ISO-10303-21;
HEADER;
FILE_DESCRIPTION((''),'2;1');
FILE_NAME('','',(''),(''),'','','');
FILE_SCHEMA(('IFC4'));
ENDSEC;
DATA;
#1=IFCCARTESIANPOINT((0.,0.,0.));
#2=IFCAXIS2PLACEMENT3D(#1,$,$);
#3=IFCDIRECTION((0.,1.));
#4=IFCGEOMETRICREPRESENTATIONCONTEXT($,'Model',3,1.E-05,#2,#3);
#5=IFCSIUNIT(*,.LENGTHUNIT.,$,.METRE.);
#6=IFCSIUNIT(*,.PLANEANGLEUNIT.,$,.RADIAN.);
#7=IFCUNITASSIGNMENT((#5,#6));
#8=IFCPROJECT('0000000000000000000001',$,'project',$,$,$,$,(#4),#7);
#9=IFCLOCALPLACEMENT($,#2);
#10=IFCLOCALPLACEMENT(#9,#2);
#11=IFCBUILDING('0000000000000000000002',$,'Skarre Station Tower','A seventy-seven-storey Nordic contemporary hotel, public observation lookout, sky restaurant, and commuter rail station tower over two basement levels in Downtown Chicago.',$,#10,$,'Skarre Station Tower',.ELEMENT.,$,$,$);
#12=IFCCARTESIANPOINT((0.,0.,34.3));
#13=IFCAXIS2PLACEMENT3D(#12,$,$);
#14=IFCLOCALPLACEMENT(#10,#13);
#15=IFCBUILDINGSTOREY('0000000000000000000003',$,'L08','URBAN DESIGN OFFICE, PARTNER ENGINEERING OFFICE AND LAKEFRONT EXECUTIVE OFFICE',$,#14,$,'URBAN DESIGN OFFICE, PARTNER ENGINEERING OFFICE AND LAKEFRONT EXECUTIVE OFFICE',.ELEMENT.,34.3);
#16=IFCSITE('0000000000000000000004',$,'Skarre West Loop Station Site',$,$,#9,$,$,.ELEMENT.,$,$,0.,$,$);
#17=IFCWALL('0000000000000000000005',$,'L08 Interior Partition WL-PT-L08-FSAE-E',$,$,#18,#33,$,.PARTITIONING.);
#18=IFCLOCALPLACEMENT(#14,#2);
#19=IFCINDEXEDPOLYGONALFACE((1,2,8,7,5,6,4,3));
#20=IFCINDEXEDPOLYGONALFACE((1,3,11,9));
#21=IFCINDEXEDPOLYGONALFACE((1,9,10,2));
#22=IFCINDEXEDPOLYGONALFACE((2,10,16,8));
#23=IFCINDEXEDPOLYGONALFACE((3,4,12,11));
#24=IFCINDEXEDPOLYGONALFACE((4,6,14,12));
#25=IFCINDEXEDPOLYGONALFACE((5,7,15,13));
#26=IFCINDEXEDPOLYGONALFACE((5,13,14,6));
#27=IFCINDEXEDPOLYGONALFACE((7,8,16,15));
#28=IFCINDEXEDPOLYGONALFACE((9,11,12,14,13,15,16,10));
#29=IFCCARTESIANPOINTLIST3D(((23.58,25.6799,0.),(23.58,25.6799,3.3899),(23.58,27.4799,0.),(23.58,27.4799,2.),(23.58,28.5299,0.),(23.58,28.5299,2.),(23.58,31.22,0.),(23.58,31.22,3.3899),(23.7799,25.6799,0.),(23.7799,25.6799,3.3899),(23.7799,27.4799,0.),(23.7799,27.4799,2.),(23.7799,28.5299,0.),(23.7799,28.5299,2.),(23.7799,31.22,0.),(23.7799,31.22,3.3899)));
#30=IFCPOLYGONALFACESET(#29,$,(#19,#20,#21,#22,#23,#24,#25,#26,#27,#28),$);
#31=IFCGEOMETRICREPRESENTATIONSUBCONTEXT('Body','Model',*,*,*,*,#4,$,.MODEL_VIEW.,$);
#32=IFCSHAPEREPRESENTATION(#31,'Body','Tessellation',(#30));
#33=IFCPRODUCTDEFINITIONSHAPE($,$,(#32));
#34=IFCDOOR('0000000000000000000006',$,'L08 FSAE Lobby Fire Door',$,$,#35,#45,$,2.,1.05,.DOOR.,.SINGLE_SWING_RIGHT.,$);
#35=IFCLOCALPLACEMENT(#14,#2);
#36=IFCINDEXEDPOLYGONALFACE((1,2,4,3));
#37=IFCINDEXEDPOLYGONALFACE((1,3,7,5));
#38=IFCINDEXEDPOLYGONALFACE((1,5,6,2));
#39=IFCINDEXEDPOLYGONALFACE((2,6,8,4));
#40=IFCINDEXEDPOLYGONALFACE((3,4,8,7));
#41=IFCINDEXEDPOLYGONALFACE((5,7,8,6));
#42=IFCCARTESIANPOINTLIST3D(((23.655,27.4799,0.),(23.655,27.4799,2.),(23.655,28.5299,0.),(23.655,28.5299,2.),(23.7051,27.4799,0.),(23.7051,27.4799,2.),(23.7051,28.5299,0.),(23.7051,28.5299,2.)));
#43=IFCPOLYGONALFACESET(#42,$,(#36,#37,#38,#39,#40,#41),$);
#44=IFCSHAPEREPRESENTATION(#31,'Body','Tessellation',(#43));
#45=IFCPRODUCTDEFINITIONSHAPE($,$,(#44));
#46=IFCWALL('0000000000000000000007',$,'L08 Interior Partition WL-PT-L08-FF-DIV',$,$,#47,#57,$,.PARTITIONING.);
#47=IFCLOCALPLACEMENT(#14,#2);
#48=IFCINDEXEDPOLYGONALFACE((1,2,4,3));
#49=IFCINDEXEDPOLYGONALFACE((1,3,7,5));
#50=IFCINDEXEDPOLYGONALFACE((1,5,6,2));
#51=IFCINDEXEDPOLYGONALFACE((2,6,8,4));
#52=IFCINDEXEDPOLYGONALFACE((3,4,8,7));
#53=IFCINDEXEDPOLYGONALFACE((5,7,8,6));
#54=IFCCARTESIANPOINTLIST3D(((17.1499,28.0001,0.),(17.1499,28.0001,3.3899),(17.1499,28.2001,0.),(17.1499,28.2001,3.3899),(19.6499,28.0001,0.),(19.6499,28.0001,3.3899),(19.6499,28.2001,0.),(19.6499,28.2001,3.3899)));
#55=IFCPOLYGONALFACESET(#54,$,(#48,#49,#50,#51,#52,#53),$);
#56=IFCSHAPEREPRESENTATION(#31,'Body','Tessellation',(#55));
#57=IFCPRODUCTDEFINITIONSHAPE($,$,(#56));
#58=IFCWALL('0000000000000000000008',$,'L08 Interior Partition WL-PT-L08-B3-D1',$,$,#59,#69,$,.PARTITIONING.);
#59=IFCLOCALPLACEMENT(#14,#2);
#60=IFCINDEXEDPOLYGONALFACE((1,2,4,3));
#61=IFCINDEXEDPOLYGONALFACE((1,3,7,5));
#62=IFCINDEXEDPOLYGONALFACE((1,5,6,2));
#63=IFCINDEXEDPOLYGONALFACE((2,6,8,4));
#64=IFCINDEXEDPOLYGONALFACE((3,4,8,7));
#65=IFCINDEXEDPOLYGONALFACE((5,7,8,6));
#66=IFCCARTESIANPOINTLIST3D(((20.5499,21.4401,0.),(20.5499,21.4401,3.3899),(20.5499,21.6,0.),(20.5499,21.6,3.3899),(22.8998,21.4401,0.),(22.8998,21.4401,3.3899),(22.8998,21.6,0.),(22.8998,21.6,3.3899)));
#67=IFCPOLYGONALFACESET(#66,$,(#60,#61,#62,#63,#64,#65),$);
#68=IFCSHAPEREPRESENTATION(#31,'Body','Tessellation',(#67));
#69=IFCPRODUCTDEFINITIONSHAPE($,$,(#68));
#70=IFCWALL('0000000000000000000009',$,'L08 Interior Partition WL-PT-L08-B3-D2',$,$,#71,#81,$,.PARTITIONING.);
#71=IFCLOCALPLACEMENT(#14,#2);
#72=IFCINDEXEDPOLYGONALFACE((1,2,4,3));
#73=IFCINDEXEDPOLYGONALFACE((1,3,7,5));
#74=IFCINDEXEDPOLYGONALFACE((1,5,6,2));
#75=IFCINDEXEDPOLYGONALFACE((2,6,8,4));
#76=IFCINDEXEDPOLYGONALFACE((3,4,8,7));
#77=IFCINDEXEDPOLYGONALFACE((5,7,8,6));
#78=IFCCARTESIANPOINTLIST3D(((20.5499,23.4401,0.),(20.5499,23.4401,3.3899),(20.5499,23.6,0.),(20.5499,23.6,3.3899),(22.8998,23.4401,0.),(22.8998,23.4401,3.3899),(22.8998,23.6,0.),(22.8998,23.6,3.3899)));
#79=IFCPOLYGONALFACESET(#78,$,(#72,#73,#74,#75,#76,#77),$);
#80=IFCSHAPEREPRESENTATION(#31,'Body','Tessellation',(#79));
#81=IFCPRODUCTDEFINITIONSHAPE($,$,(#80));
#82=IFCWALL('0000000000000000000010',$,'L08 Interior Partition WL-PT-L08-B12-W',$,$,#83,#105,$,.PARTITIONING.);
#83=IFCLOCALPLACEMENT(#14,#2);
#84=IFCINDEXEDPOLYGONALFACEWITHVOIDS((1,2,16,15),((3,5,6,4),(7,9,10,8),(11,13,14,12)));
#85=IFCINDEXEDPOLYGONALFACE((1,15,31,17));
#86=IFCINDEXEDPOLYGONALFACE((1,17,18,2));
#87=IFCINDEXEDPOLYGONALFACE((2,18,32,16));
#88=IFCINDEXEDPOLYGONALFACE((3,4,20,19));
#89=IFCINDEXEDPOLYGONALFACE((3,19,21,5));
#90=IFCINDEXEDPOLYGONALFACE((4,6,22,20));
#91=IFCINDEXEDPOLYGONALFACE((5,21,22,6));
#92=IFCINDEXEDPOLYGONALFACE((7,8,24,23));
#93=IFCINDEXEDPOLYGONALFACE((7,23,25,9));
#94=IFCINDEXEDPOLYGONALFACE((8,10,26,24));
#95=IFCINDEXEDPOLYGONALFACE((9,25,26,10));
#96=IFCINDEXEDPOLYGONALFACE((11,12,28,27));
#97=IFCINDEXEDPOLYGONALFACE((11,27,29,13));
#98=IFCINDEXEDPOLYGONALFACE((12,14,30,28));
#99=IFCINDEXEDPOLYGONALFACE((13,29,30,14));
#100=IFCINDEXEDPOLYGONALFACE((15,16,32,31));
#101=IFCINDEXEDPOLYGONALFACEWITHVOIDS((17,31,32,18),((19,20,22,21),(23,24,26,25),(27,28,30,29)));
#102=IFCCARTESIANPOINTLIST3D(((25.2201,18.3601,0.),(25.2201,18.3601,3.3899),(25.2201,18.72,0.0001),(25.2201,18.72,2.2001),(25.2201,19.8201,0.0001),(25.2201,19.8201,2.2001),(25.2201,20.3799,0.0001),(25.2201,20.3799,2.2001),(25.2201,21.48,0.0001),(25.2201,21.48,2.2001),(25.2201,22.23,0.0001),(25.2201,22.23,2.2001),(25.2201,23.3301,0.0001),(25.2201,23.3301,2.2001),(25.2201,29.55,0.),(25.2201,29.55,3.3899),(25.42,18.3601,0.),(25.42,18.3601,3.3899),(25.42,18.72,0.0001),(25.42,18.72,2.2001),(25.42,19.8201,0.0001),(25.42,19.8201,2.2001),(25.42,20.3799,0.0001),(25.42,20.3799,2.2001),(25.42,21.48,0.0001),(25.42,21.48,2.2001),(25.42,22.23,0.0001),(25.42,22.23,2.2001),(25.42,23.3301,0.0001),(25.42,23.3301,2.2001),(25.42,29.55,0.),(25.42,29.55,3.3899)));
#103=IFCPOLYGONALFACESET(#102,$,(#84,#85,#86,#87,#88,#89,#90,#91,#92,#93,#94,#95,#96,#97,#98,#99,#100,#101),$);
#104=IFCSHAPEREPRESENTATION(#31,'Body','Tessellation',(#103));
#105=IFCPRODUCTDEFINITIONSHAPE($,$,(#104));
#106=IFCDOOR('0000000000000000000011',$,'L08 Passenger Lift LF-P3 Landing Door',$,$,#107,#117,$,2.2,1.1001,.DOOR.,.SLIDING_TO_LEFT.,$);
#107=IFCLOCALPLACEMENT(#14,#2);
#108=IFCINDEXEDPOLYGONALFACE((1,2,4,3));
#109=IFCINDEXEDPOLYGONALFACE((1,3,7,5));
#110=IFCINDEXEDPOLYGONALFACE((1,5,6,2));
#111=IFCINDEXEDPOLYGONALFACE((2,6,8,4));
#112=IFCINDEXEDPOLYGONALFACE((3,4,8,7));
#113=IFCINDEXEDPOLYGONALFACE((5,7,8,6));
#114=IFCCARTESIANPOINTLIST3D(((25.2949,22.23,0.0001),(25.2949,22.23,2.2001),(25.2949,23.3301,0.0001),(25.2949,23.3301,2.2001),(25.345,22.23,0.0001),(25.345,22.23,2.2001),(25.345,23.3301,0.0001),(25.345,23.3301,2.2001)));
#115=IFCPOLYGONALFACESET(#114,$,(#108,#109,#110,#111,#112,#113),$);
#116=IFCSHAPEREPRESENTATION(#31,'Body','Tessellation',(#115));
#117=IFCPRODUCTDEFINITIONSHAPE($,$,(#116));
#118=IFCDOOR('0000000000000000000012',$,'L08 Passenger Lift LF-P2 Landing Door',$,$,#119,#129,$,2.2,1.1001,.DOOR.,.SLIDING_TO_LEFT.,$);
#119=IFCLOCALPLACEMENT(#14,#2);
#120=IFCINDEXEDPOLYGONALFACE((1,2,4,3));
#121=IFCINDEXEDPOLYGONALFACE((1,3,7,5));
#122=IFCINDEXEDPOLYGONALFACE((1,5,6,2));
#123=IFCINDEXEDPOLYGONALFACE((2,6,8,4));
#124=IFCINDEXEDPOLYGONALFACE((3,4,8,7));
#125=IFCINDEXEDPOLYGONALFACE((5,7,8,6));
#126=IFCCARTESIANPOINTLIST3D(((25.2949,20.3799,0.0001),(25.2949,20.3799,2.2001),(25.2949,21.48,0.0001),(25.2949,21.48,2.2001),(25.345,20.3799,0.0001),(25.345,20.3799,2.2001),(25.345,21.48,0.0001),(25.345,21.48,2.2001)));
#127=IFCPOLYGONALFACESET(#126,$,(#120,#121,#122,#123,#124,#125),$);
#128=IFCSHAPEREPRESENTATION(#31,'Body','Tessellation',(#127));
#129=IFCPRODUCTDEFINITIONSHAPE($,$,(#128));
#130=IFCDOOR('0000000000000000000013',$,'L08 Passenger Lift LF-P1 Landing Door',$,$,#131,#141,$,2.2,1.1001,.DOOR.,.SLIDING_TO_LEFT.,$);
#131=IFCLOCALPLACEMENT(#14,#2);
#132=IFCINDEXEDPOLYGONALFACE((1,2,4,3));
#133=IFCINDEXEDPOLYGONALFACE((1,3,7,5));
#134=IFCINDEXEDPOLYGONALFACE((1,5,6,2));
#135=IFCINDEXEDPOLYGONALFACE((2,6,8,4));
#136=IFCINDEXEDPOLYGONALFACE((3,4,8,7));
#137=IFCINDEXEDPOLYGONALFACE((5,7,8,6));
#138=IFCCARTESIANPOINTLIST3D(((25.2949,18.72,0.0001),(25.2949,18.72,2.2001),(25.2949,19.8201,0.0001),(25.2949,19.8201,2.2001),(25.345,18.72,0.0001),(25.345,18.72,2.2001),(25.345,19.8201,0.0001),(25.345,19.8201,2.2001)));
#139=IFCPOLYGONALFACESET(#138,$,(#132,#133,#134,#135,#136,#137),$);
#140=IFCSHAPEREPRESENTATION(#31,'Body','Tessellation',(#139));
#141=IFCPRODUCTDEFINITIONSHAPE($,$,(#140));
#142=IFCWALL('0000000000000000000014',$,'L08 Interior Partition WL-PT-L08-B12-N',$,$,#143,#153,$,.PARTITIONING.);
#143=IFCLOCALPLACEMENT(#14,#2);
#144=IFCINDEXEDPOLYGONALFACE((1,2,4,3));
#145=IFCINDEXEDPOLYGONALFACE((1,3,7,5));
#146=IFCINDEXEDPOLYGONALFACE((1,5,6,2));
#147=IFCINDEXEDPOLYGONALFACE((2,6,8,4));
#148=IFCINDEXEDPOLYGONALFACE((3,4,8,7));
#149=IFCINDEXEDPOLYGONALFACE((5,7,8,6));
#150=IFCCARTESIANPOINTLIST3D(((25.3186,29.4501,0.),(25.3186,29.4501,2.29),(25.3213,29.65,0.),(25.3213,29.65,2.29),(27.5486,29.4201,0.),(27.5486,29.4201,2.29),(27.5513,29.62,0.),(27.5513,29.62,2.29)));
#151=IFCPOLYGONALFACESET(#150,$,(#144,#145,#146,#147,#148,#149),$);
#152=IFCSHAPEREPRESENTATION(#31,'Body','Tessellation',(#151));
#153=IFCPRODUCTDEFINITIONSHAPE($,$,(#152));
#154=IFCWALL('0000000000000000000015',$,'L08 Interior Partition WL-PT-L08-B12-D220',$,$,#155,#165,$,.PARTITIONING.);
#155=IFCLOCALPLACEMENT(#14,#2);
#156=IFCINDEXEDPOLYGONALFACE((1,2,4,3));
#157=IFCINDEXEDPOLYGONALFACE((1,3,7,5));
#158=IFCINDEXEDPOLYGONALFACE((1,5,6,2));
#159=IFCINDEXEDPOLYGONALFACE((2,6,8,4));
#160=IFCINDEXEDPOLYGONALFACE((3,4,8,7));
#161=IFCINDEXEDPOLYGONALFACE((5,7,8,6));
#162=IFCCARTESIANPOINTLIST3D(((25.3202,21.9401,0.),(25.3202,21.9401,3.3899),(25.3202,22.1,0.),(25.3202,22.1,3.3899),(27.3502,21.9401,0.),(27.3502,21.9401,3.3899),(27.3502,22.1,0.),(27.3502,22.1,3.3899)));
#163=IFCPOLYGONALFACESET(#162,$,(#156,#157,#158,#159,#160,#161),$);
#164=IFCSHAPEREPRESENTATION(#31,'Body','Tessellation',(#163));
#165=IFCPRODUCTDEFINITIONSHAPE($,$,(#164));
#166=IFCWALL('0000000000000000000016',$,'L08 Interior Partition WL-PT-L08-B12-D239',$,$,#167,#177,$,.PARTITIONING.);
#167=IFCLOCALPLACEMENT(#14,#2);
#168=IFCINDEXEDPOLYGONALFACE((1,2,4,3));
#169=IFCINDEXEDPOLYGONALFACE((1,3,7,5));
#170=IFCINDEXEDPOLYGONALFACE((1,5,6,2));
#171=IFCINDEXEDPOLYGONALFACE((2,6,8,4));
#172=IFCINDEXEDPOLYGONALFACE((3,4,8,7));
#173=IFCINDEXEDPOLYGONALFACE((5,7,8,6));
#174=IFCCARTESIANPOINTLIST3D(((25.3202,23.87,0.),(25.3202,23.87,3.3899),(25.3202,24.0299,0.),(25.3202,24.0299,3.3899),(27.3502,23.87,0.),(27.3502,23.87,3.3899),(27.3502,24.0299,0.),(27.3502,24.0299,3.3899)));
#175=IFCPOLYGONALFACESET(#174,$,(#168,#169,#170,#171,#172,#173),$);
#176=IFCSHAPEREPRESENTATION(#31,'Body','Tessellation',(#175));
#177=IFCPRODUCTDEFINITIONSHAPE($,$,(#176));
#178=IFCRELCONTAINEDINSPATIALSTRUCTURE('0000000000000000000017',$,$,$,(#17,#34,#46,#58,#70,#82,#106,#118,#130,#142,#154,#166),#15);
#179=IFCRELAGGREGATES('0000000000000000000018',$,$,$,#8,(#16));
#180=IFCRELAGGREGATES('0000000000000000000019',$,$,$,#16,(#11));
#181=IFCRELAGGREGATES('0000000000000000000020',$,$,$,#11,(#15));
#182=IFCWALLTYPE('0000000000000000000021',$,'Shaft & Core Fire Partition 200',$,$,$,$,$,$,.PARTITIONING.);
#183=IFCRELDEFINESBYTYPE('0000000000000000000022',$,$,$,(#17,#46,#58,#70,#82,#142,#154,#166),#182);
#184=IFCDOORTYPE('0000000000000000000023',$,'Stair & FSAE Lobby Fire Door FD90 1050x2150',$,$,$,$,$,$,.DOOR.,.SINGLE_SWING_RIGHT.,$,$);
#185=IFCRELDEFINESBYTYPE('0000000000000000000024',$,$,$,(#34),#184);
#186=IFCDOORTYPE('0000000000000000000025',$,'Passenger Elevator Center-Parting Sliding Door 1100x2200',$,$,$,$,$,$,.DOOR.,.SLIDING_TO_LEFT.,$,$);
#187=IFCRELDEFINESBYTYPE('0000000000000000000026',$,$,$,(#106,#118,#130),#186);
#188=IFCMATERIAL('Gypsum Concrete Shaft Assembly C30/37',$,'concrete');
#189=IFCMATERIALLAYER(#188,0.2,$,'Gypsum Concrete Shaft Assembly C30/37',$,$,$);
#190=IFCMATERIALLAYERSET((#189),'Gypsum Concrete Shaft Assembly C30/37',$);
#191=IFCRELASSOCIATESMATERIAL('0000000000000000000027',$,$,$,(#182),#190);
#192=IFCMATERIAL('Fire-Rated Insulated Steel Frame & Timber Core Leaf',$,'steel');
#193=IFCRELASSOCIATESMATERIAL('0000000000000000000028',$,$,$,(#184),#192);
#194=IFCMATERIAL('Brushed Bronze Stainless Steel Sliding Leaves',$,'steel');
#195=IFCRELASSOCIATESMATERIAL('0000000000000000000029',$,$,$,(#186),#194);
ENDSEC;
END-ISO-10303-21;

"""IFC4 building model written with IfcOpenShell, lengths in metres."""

from ifc_helpers import new_model, si_unit, direction, frame, frame_2d, origin, place, context, subcontext, project, spatial, rectangle, extrude, material, layer, layer_set, type_object, element, fill, save


model = new_model("IFC4")

# Units and contexts
model_context = context("Model", 3, precision=1e-05, world=origin(), true_north=direction((0.0, 1.0)))
body_context = subcontext(model_context, "Body", "Model", "MODEL_VIEW")
ifc_project = project(units=[si_unit("LENGTHUNIT", "METRE"), si_unit("PLANEANGLEUNIT", "RADIAN")], contexts=[model_context])

# Site, building, storey
site_placement = place(None, origin())
site = spatial("IfcSite", under=ifc_project, at=site_placement, Name="Skarre West Loop Station Site", CompositionType="ELEMENT", RefElevation=0.0)
building_placement = place(site_placement, origin())
building = spatial("IfcBuilding", under=site, at=building_placement, Name="Skarre Station Tower", Description="A seventy-seven-storey Nordic contemporary hotel, public observation lookout, sky restaurant, and commuter rail station tower over two basement levels in Downtown Chicago.", LongName="Skarre Station Tower", CompositionType="ELEMENT")
storey_placement = place(building_placement, frame((0.0, 0.0, 34.3)))
storey = spatial("IfcBuildingStorey", under=building, at=storey_placement, Name="L08", Description="URBAN DESIGN OFFICE, PARTNER ENGINEERING OFFICE AND LAKEFRONT EXECUTIVE OFFICE", LongName="URBAN DESIGN OFFICE, PARTNER ENGINEERING OFFICE AND LAKEFRONT EXECUTIVE OFFICE", CompositionType="ELEMENT", Elevation=34.3)

# Shared definitions
ifc_material_1 = material(Name="Gypsum Concrete Shaft Assembly C30/37", Category="concrete")
ifc_layer_1 = layer(ifc_material_1, 0.2, Name="Gypsum Concrete Shaft Assembly C30/37")
ifc_layer_set_1 = layer_set([ifc_layer_1], Name="Gypsum Concrete Shaft Assembly C30/37")
wall_type_1 = type_object("IfcWallType", Name="Shaft & Core Fire Partition 200", PredefinedType="PARTITIONING", material=ifc_layer_set_1)

# Wall, opening, door
wall_1_placement = place(storey_placement, frame((23.6799, 25.6799, 0.0), z_axis=(0.0, 0.0, 1.0), x_axis=(0.0, 1.0, 0.0)))
wall_1 = element("IfcWall", 1, at=wall_1_placement, inside=storey, type_object=wall_type_1, Name="L08 Interior Partition WL-PT-L08-FSAE-E", PredefinedType="PARTITIONING", context=body_context, shape_type="SweptSolid", body=[
    extrude(rectangle(XDim=5.54, YDim=0.2, at=frame_2d((2.77, 0.0))), origin(), (0.0, 0.0, 1.0), 3.3899),
])
opening_1_placement = place(wall_1_placement, frame((1.8, 0.0, 0.0)))
opening_1 = element("IfcOpeningElement", 2, at=opening_1_placement, cuts=wall_1, PredefinedType="OPENING", context=body_context, shape_type="SweptSolid", body=[
    extrude(rectangle(XDim=1.05, YDim=2.0, at=frame_2d((0.5249, 1.0))), frame((0.0, 0.1099, 0.0), z_axis=(0.0, -1.0, 0.0), x_axis=(1.0, 0.0, 0.0)), (0.0, 0.0, 1.0), 0.22),
])
ifc_material_2 = material(Name="Fire-Rated Insulated Steel Frame & Timber Core Leaf", Category="steel")
door_type_1 = type_object("IfcDoorType", Name="Stair & FSAE Lobby Fire Door FD90 1050x2150", OperationType="SINGLE_SWING_RIGHT", PredefinedType="DOOR", material=ifc_material_2)
door_1_placement = place(opening_1_placement, origin())
door_1 = element("IfcDoor", 3, at=door_1_placement, inside=storey, type_object=door_type_1, Name="L08 FSAE Lobby Fire Door", OperationType="SINGLE_SWING_RIGHT", OverallHeight=2.0, OverallWidth=1.05, PredefinedType="DOOR", context=body_context, shape_type="SweptSolid", body=[
    extrude(rectangle(XDim=1.05, YDim=2.0, at=frame_2d((0.5249, 1.0))), frame((0.0, 0.0249, 0.0), z_axis=(0.0, -1.0, 0.0), x_axis=(1.0, 0.0, 0.0)), (0.0, 0.0, 1.0), 0.05),
])
fill(opening_1, door_1)

# Walls
wall_2_placement = place(storey_placement, frame((17.1499, 28.1001, 0.0), z_axis=(0.0, 0.0, 1.0), x_axis=(1.0, 0.0, 0.0)))
element("IfcWall", 4, at=wall_2_placement, inside=storey, type_object=wall_type_1, Name="L08 Interior Partition WL-PT-L08-FF-DIV", PredefinedType="PARTITIONING", context=body_context, shape_type="SweptSolid", body=[
    extrude(rectangle(XDim=2.5, YDim=0.2, at=frame_2d((1.25, 0.0))), origin(), (0.0, 0.0, 1.0), 3.3899),
])
for number, where, z_axis, x_axis, name in (
    (5, (20.55, 21.52, 0.0), (0.0, 0.0, 1.0), (1.0, 0.0, 0.0), "L08 Interior Partition WL-PT-L08-B3-D1"),
    (6, (20.55, 23.52, 0.0), (0.0, 0.0, 1.0), (1.0, 0.0, 0.0), "L08 Interior Partition WL-PT-L08-B3-D2"),
):
    element("IfcWall", number, at=place(storey_placement, frame(where, z_axis=z_axis, x_axis=x_axis)), inside=storey, type_object=wall_type_1, Name=name, PredefinedType="PARTITIONING", context=body_context, shape_type="SweptSolid", body=[
        extrude(rectangle(XDim=2.3499, YDim=0.1599, at=frame_2d((1.1748, 0.0))), origin(), (0.0, 0.0, 1.0), 3.3899),
    ])

# Wall, openings, doors
wall_3_placement = place(storey_placement, frame((25.3201, 29.55, 0.0), z_axis=(0.0, 0.0, 1.0), x_axis=(0.0, -1.0, 0.0)))
wall_3 = element("IfcWall", 7, at=wall_3_placement, inside=storey, type_object=wall_type_1, Name="L08 Interior Partition WL-PT-L08-B12-W", PredefinedType="PARTITIONING", context=body_context, shape_type="SweptSolid", body=[
    extrude(rectangle(XDim=11.1899, YDim=0.2, at=frame_2d((5.595, 0.0))), origin(), (0.0, 0.0, 1.0), 3.3899),
])
opening_2_placement = place(wall_3_placement, frame((6.22, 0.0, 0.0)))
opening_2 = element("IfcOpeningElement", 8, at=opening_2_placement, cuts=wall_3, PredefinedType="OPENING", context=body_context, shape_type="SweptSolid", body=[
    extrude(rectangle(XDim=1.1001, YDim=2.2, at=frame_2d((0.55, 1.1001))), frame((0.0, 0.1099, 0.0), z_axis=(0.0, -1.0, 0.0), x_axis=(1.0, 0.0, 0.0)), (0.0, 0.0, 1.0), 0.22),
])
opening_3_placement = place(wall_3_placement, frame((8.0701, 0.0, 0.0)))
opening_3 = element("IfcOpeningElement", 9, at=opening_3_placement, cuts=wall_3, PredefinedType="OPENING", context=body_context, shape_type="SweptSolid", body=[
    extrude(rectangle(XDim=1.1001, YDim=2.2, at=frame_2d((0.55, 1.1001))), frame((0.0, 0.1099, 0.0), z_axis=(0.0, -1.0, 0.0), x_axis=(1.0, 0.0, 0.0)), (0.0, 0.0, 1.0), 0.22),
])
opening_4_placement = place(wall_3_placement, frame((9.73, 0.0, 0.0)))
opening_4 = element("IfcOpeningElement", 10, at=opening_4_placement, cuts=wall_3, PredefinedType="OPENING", context=body_context, shape_type="SweptSolid", body=[
    extrude(rectangle(XDim=1.1001, YDim=2.2, at=frame_2d((0.55, 1.1001))), frame((0.0, 0.1099, 0.0), z_axis=(0.0, -1.0, 0.0), x_axis=(1.0, 0.0, 0.0)), (0.0, 0.0, 1.0), 0.22),
])
ifc_material_3 = material(Name="Brushed Bronze Stainless Steel Sliding Leaves", Category="steel")
door_type_2 = type_object("IfcDoorType", Name="Passenger Elevator Center-Parting Sliding Door 1100x2200", OperationType="SLIDING_TO_LEFT", PredefinedType="DOOR", material=ifc_material_3)
door_2_placement = place(opening_2_placement, origin())
door_2 = element("IfcDoor", 11, at=door_2_placement, inside=storey, type_object=door_type_2, Name="L08 Passenger Lift LF-P3 Landing Door", OperationType="SLIDING_TO_LEFT", OverallHeight=2.2, OverallWidth=1.1001, PredefinedType="DOOR", context=body_context, shape_type="SweptSolid", body=[
    extrude(rectangle(XDim=1.1001, YDim=2.2, at=frame_2d((0.55, 1.1001))), frame((0.0, 0.0249, 0.0), z_axis=(0.0, -1.0, 0.0), x_axis=(1.0, 0.0, 0.0)), (0.0, 0.0, 1.0), 0.05),
])
fill(opening_2, door_2)
door_3_placement = place(opening_3_placement, origin())
door_3 = element("IfcDoor", 12, at=door_3_placement, inside=storey, type_object=door_type_2, Name="L08 Passenger Lift LF-P2 Landing Door", OperationType="SLIDING_TO_LEFT", OverallHeight=2.2, OverallWidth=1.1001, PredefinedType="DOOR", context=body_context, shape_type="SweptSolid", body=[
    extrude(rectangle(XDim=1.1001, YDim=2.2, at=frame_2d((0.55, 1.1001))), frame((0.0, 0.0249, 0.0), z_axis=(0.0, -1.0, 0.0), x_axis=(1.0, 0.0, 0.0)), (0.0, 0.0, 1.0), 0.05),
])
fill(opening_3, door_3)
door_4_placement = place(opening_4_placement, origin())
door_4 = element("IfcDoor", 13, at=door_4_placement, inside=storey, type_object=door_type_2, Name="L08 Passenger Lift LF-P1 Landing Door", OperationType="SLIDING_TO_LEFT", OverallHeight=2.2, OverallWidth=1.1001, PredefinedType="DOOR", context=body_context, shape_type="SweptSolid", body=[
    extrude(rectangle(XDim=1.1001, YDim=2.2, at=frame_2d((0.55, 1.1001))), frame((0.0, 0.0249, 0.0), z_axis=(0.0, -1.0, 0.0), x_axis=(1.0, 0.0, 0.0)), (0.0, 0.0, 1.0), 0.05),
])
fill(opening_4, door_4)

# Walls
wall_4_placement = place(storey_placement, frame((27.55, 29.52, 0.0), z_axis=(0.0, 0.0, 1.0), x_axis=(-0.999909, 0.013465, 0.0)))
element("IfcWall", 14, at=wall_4_placement, inside=storey, type_object=wall_type_1, Name="L08 Interior Partition WL-PT-L08-B12-N", PredefinedType="PARTITIONING", context=body_context, shape_type="SweptSolid", body=[
    extrude(rectangle(XDim=2.2302, YDim=0.2, at=frame_2d((1.1152, 0.0))), origin(), (0.0, 0.0, 1.0), 2.29),
])
for number, where, z_axis, x_axis, name in (
    (15, (25.3201, 22.02, 0.0), (0.0, 0.0, 1.0), (1.0, 0.0, 0.0), "L08 Interior Partition WL-PT-L08-B12-D220"),
    (16, (25.3201, 23.95, 0.0), (0.0, 0.0, 1.0), (1.0, 0.0, 0.0), "L08 Interior Partition WL-PT-L08-B12-D239"),
):
    element("IfcWall", number, at=place(storey_placement, frame(where, z_axis=z_axis, x_axis=x_axis)), inside=storey, type_object=wall_type_1, Name=name, PredefinedType="PARTITIONING", context=body_context, shape_type="SweptSolid", body=[
        extrude(rectangle(XDim=2.03, YDim=0.1599, at=frame_2d((1.0151, 0.0))), origin(), (0.0, 0.0, 1.0), 3.3899),
    ])

save(model, "model.ifc")
